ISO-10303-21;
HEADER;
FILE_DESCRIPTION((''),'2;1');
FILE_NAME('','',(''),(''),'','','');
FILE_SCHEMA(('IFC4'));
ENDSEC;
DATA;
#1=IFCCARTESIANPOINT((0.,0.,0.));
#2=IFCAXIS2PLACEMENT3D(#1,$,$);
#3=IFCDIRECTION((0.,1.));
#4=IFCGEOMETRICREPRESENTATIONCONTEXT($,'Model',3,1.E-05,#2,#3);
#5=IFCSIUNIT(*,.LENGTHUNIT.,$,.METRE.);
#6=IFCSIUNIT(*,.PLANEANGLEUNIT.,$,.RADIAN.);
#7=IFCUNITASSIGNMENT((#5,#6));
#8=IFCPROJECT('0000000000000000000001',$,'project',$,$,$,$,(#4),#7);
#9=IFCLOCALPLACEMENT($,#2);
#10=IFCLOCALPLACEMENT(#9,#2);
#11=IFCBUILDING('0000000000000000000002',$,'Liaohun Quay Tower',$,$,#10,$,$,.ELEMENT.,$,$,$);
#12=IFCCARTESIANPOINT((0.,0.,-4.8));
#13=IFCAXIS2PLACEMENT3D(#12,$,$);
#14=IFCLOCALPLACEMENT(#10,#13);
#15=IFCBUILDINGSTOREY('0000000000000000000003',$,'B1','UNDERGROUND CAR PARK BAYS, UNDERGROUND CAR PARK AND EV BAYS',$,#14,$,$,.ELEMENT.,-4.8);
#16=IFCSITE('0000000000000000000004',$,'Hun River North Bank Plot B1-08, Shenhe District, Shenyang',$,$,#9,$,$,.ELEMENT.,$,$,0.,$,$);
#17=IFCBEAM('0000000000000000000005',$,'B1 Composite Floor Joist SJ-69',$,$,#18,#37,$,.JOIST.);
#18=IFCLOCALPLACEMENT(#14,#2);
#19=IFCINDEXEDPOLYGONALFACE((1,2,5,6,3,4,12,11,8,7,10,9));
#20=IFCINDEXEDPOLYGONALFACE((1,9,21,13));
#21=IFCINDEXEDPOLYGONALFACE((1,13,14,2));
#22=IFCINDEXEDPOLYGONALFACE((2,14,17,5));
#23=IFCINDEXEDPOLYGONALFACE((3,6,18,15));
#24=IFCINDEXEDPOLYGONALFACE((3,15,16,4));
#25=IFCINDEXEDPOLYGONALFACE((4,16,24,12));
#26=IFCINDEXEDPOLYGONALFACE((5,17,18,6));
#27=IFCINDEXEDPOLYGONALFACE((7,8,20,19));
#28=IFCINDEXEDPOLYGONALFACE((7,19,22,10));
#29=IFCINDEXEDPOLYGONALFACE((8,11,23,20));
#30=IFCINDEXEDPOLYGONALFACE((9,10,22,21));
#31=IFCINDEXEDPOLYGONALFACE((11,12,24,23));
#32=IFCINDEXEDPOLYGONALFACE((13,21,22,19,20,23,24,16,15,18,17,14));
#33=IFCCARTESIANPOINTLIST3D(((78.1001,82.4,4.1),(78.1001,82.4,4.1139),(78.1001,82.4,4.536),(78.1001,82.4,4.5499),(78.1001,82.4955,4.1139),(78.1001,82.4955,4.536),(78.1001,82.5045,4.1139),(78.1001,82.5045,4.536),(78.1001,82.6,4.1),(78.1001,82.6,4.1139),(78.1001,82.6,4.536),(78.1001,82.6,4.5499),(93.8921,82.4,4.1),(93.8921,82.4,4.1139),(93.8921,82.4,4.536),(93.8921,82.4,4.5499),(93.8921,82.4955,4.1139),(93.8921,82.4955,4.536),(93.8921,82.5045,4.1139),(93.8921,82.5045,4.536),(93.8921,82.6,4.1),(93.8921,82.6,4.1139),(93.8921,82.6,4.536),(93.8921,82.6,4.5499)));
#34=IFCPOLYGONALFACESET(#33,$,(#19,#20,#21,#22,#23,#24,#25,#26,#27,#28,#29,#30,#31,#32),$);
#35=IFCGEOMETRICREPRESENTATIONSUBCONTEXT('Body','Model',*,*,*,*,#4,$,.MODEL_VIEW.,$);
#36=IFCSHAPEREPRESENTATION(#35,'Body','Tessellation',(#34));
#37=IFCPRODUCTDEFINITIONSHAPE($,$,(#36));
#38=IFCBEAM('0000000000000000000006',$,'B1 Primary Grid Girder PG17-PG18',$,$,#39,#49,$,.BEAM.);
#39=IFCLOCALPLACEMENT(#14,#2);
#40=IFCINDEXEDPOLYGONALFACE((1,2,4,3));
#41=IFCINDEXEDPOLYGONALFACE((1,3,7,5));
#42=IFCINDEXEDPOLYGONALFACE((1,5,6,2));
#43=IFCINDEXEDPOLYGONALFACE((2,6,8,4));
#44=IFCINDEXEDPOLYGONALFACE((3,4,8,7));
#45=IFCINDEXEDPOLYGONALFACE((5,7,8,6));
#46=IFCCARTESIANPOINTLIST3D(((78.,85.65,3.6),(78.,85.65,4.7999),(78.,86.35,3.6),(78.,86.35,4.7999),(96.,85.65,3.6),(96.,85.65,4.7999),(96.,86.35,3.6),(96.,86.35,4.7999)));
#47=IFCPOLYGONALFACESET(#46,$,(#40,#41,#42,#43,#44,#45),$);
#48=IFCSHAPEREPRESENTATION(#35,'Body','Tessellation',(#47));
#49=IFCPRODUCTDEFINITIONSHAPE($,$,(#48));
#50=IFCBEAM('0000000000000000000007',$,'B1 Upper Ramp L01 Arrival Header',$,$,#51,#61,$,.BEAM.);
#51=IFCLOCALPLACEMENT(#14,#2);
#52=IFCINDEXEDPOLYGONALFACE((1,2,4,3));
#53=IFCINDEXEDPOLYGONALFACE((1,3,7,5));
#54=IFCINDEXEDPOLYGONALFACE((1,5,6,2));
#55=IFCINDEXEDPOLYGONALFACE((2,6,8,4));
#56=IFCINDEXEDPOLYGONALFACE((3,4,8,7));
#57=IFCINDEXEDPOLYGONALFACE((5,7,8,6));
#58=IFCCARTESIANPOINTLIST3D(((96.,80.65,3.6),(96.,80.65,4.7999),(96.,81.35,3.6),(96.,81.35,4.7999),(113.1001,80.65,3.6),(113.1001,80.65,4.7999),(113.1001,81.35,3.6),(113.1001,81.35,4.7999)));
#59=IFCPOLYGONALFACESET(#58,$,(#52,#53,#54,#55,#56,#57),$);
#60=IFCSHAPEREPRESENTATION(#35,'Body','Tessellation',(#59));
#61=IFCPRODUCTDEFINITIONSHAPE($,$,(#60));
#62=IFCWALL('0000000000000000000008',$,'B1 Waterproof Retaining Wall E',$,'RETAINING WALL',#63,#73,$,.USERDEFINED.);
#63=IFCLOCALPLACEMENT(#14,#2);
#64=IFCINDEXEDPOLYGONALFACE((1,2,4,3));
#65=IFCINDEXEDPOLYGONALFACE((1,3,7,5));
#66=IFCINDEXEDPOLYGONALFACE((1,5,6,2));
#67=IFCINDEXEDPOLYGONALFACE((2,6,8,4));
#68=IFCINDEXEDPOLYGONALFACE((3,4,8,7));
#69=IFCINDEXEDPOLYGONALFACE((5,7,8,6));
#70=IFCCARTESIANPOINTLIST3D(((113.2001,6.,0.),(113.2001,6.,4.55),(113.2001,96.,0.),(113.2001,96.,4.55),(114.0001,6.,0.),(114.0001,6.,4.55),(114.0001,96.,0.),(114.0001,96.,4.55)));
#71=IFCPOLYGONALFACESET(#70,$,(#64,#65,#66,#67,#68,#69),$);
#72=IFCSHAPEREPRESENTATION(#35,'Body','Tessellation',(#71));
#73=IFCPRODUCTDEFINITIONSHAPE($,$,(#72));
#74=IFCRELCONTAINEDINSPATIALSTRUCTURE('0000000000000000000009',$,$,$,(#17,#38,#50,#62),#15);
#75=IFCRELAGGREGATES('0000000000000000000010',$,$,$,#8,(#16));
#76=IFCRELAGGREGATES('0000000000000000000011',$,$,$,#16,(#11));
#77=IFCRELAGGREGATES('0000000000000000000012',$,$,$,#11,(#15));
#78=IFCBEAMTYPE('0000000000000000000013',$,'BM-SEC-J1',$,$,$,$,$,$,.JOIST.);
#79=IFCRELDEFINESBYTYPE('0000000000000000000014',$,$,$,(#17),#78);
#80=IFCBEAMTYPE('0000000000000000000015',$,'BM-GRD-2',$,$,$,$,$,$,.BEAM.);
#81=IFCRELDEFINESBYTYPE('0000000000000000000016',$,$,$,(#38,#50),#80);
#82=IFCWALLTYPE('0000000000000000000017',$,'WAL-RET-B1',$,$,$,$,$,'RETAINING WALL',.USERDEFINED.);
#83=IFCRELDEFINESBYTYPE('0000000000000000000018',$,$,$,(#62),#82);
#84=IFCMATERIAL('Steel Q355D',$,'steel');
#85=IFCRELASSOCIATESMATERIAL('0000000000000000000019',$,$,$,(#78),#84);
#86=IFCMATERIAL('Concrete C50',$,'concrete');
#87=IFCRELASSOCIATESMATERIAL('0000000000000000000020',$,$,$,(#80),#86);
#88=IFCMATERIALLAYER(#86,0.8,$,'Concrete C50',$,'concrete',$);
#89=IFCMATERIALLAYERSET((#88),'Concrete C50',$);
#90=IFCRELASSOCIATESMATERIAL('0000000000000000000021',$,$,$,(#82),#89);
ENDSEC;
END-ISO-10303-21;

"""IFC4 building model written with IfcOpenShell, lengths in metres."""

from ifc_helpers import new_model, si_unit, direction, frame, frame_2d, origin, origin_2d, place, context, subcontext, project, spatial, rectangle, i_section, extrude, source, transform, mapped, material, layer, layer_set, material_profile, profile_set, type_object, element, save


model = new_model("IFC4")

# Units and contexts
model_context = context("Model", 3, precision=1e-05, world=origin(), true_north=direction((0.0, 1.0)))
body_context = subcontext(model_context, "Body", "Model", "MODEL_VIEW")
ifc_project = project(units=[si_unit("LENGTHUNIT", "METRE"), si_unit("PLANEANGLEUNIT", "RADIAN")], contexts=[model_context])

# Site, building, storey
site_placement = place(None, origin())
site = spatial("IfcSite", under=ifc_project, at=site_placement, Name="Hun River North Bank Plot B1-08, Shenhe District, Shenyang", CompositionType="ELEMENT", RefElevation=0.0)
building_placement = place(site_placement, origin())
building = spatial("IfcBuilding", under=site, at=building_placement, Name="Liaohun Quay Tower", CompositionType="ELEMENT")
storey_placement = place(building_placement, frame((0.0, 0.0, -4.8)))
storey = spatial("IfcBuildingStorey", under=building, at=storey_placement, Name="B1", Description="UNDERGROUND CAR PARK BAYS, UNDERGROUND CAR PARK AND EV BAYS", CompositionType="ELEMENT", Elevation=-4.8)

# Beams
ifc_material_1 = material(Name="Steel Q355D", Category="steel")
ifc_material_profile_1 = material_profile(ifc_material_1, i_section(OverallWidth=0.2, OverallDepth=0.45, WebThickness=0.009, FlangeThickness=0.0139, at=origin_2d()), Name="HN450x200x9x14")
ifc_profile_set_1 = profile_set([ifc_material_profile_1], Name="Steel Q355D")
beam_type_1 = type_object("IfcBeamType", Name="BM-SEC-J1", PredefinedType="JOIST", material=ifc_profile_set_1)
shared_shape_1 = source(origin(), body_context, "Body", "SweptSolid", [
    extrude(i_section(OverallWidth=0.2, OverallDepth=0.45, WebThickness=0.009, FlangeThickness=0.0139, at=origin_2d()), origin(), (0.0, 0.0, 1.0), 15.792),
])
beam_1_placement = place(storey_placement, frame((78.1001, 82.5, 4.325), z_axis=(1.0, 0.0, 0.0), x_axis=(0.0, 1.0, 0.0)))
element("IfcBeam", 1, at=beam_1_placement, inside=storey, type_object=beam_type_1, Name="B1 Composite Floor Joist SJ-69", PredefinedType="JOIST", context=body_context, shape_type="MappedRepresentation", body=[
    mapped(shared_shape_1, transform((0.0, 0.0, 0.0), x_axis=(1.0, 0.0, 0.0), y_axis=(0.0, 1.0, 0.0), z_axis=(0.0, 0.0, 1.0), scale=1.0)),
])
ifc_material_2 = material(Name="Concrete C50", Category="concrete")
ifc_material_profile_2 = material_profile(ifc_material_2, rectangle(XDim=0.7, YDim=1.2, at=origin_2d()), Name="RC700x1200")
ifc_profile_set_2 = profile_set([ifc_material_profile_2], Name="Concrete C50")
beam_type_2 = type_object("IfcBeamType", Name="BM-GRD-2", PredefinedType="BEAM", material=ifc_profile_set_2)
shared_shape_2 = source(origin(), body_context, "Body", "SweptSolid", [
    extrude(rectangle(XDim=0.7, YDim=1.2, at=origin_2d()), origin(), (0.0, 0.0, 1.0), 18.0),
])
beam_2_placement = place(storey_placement, frame((78.0, 86.0, 4.2), z_axis=(1.0, 0.0, 0.0), x_axis=(0.0, 1.0, 0.0)))
element("IfcBeam", 2, at=beam_2_placement, inside=storey, type_object=beam_type_2, Name="B1 Primary Grid Girder PG17-PG18", PredefinedType="BEAM", context=body_context, shape_type="MappedRepresentation", body=[
    mapped(shared_shape_2, transform((0.0, 0.0, 0.0), x_axis=(1.0, 0.0, 0.0), y_axis=(0.0, 1.0, 0.0), z_axis=(0.0, 0.0, 1.0), scale=1.0)),
])
shared_shape_3 = source(origin(), body_context, "Body", "SweptSolid", [
    extrude(rectangle(XDim=0.7, YDim=1.2, at=origin_2d()), origin(), (0.0, 0.0, 1.0), 17.1001),
])
beam_3_placement = place(storey_placement, frame((96.0, 81.0, 4.2), z_axis=(1.0, 0.0, 0.0), x_axis=(0.0, 1.0, 0.0)))
element("IfcBeam", 3, at=beam_3_placement, inside=storey, type_object=beam_type_2, Name="B1 Upper Ramp L01 Arrival Header", PredefinedType="BEAM", context=body_context, shape_type="MappedRepresentation", body=[
    mapped(shared_shape_3, transform((0.0, 0.0, 0.0), x_axis=(1.0, 0.0, 0.0), y_axis=(0.0, 1.0, 0.0), z_axis=(0.0, 0.0, 1.0), scale=1.0)),
])

# Wall
ifc_layer = layer(ifc_material_2, 0.8, Name="Concrete C50", Category="concrete")
ifc_layer_set = layer_set([ifc_layer], Name="Concrete C50")
wall_type = type_object("IfcWallType", Name="WAL-RET-B1", ElementType="RETAINING WALL", PredefinedType="USERDEFINED", material=ifc_layer_set)
wall_placement = place(storey_placement, frame((113.6001, 96.0, 0.0), z_axis=(0.0, 0.0, 1.0), x_axis=(0.0, -1.0, 0.0)))
element("IfcWall", 4, at=wall_placement, inside=storey, type_object=wall_type, Name="B1 Waterproof Retaining Wall E", ObjectType="RETAINING WALL", PredefinedType="USERDEFINED", context=body_context, shape_type="SweptSolid", body=[
    extrude(rectangle(XDim=90.0, YDim=0.8, at=frame_2d((45.0, 0.0))), origin(), (0.0, 0.0, 1.0), 4.55),
])

save(model, "model.ifc")
